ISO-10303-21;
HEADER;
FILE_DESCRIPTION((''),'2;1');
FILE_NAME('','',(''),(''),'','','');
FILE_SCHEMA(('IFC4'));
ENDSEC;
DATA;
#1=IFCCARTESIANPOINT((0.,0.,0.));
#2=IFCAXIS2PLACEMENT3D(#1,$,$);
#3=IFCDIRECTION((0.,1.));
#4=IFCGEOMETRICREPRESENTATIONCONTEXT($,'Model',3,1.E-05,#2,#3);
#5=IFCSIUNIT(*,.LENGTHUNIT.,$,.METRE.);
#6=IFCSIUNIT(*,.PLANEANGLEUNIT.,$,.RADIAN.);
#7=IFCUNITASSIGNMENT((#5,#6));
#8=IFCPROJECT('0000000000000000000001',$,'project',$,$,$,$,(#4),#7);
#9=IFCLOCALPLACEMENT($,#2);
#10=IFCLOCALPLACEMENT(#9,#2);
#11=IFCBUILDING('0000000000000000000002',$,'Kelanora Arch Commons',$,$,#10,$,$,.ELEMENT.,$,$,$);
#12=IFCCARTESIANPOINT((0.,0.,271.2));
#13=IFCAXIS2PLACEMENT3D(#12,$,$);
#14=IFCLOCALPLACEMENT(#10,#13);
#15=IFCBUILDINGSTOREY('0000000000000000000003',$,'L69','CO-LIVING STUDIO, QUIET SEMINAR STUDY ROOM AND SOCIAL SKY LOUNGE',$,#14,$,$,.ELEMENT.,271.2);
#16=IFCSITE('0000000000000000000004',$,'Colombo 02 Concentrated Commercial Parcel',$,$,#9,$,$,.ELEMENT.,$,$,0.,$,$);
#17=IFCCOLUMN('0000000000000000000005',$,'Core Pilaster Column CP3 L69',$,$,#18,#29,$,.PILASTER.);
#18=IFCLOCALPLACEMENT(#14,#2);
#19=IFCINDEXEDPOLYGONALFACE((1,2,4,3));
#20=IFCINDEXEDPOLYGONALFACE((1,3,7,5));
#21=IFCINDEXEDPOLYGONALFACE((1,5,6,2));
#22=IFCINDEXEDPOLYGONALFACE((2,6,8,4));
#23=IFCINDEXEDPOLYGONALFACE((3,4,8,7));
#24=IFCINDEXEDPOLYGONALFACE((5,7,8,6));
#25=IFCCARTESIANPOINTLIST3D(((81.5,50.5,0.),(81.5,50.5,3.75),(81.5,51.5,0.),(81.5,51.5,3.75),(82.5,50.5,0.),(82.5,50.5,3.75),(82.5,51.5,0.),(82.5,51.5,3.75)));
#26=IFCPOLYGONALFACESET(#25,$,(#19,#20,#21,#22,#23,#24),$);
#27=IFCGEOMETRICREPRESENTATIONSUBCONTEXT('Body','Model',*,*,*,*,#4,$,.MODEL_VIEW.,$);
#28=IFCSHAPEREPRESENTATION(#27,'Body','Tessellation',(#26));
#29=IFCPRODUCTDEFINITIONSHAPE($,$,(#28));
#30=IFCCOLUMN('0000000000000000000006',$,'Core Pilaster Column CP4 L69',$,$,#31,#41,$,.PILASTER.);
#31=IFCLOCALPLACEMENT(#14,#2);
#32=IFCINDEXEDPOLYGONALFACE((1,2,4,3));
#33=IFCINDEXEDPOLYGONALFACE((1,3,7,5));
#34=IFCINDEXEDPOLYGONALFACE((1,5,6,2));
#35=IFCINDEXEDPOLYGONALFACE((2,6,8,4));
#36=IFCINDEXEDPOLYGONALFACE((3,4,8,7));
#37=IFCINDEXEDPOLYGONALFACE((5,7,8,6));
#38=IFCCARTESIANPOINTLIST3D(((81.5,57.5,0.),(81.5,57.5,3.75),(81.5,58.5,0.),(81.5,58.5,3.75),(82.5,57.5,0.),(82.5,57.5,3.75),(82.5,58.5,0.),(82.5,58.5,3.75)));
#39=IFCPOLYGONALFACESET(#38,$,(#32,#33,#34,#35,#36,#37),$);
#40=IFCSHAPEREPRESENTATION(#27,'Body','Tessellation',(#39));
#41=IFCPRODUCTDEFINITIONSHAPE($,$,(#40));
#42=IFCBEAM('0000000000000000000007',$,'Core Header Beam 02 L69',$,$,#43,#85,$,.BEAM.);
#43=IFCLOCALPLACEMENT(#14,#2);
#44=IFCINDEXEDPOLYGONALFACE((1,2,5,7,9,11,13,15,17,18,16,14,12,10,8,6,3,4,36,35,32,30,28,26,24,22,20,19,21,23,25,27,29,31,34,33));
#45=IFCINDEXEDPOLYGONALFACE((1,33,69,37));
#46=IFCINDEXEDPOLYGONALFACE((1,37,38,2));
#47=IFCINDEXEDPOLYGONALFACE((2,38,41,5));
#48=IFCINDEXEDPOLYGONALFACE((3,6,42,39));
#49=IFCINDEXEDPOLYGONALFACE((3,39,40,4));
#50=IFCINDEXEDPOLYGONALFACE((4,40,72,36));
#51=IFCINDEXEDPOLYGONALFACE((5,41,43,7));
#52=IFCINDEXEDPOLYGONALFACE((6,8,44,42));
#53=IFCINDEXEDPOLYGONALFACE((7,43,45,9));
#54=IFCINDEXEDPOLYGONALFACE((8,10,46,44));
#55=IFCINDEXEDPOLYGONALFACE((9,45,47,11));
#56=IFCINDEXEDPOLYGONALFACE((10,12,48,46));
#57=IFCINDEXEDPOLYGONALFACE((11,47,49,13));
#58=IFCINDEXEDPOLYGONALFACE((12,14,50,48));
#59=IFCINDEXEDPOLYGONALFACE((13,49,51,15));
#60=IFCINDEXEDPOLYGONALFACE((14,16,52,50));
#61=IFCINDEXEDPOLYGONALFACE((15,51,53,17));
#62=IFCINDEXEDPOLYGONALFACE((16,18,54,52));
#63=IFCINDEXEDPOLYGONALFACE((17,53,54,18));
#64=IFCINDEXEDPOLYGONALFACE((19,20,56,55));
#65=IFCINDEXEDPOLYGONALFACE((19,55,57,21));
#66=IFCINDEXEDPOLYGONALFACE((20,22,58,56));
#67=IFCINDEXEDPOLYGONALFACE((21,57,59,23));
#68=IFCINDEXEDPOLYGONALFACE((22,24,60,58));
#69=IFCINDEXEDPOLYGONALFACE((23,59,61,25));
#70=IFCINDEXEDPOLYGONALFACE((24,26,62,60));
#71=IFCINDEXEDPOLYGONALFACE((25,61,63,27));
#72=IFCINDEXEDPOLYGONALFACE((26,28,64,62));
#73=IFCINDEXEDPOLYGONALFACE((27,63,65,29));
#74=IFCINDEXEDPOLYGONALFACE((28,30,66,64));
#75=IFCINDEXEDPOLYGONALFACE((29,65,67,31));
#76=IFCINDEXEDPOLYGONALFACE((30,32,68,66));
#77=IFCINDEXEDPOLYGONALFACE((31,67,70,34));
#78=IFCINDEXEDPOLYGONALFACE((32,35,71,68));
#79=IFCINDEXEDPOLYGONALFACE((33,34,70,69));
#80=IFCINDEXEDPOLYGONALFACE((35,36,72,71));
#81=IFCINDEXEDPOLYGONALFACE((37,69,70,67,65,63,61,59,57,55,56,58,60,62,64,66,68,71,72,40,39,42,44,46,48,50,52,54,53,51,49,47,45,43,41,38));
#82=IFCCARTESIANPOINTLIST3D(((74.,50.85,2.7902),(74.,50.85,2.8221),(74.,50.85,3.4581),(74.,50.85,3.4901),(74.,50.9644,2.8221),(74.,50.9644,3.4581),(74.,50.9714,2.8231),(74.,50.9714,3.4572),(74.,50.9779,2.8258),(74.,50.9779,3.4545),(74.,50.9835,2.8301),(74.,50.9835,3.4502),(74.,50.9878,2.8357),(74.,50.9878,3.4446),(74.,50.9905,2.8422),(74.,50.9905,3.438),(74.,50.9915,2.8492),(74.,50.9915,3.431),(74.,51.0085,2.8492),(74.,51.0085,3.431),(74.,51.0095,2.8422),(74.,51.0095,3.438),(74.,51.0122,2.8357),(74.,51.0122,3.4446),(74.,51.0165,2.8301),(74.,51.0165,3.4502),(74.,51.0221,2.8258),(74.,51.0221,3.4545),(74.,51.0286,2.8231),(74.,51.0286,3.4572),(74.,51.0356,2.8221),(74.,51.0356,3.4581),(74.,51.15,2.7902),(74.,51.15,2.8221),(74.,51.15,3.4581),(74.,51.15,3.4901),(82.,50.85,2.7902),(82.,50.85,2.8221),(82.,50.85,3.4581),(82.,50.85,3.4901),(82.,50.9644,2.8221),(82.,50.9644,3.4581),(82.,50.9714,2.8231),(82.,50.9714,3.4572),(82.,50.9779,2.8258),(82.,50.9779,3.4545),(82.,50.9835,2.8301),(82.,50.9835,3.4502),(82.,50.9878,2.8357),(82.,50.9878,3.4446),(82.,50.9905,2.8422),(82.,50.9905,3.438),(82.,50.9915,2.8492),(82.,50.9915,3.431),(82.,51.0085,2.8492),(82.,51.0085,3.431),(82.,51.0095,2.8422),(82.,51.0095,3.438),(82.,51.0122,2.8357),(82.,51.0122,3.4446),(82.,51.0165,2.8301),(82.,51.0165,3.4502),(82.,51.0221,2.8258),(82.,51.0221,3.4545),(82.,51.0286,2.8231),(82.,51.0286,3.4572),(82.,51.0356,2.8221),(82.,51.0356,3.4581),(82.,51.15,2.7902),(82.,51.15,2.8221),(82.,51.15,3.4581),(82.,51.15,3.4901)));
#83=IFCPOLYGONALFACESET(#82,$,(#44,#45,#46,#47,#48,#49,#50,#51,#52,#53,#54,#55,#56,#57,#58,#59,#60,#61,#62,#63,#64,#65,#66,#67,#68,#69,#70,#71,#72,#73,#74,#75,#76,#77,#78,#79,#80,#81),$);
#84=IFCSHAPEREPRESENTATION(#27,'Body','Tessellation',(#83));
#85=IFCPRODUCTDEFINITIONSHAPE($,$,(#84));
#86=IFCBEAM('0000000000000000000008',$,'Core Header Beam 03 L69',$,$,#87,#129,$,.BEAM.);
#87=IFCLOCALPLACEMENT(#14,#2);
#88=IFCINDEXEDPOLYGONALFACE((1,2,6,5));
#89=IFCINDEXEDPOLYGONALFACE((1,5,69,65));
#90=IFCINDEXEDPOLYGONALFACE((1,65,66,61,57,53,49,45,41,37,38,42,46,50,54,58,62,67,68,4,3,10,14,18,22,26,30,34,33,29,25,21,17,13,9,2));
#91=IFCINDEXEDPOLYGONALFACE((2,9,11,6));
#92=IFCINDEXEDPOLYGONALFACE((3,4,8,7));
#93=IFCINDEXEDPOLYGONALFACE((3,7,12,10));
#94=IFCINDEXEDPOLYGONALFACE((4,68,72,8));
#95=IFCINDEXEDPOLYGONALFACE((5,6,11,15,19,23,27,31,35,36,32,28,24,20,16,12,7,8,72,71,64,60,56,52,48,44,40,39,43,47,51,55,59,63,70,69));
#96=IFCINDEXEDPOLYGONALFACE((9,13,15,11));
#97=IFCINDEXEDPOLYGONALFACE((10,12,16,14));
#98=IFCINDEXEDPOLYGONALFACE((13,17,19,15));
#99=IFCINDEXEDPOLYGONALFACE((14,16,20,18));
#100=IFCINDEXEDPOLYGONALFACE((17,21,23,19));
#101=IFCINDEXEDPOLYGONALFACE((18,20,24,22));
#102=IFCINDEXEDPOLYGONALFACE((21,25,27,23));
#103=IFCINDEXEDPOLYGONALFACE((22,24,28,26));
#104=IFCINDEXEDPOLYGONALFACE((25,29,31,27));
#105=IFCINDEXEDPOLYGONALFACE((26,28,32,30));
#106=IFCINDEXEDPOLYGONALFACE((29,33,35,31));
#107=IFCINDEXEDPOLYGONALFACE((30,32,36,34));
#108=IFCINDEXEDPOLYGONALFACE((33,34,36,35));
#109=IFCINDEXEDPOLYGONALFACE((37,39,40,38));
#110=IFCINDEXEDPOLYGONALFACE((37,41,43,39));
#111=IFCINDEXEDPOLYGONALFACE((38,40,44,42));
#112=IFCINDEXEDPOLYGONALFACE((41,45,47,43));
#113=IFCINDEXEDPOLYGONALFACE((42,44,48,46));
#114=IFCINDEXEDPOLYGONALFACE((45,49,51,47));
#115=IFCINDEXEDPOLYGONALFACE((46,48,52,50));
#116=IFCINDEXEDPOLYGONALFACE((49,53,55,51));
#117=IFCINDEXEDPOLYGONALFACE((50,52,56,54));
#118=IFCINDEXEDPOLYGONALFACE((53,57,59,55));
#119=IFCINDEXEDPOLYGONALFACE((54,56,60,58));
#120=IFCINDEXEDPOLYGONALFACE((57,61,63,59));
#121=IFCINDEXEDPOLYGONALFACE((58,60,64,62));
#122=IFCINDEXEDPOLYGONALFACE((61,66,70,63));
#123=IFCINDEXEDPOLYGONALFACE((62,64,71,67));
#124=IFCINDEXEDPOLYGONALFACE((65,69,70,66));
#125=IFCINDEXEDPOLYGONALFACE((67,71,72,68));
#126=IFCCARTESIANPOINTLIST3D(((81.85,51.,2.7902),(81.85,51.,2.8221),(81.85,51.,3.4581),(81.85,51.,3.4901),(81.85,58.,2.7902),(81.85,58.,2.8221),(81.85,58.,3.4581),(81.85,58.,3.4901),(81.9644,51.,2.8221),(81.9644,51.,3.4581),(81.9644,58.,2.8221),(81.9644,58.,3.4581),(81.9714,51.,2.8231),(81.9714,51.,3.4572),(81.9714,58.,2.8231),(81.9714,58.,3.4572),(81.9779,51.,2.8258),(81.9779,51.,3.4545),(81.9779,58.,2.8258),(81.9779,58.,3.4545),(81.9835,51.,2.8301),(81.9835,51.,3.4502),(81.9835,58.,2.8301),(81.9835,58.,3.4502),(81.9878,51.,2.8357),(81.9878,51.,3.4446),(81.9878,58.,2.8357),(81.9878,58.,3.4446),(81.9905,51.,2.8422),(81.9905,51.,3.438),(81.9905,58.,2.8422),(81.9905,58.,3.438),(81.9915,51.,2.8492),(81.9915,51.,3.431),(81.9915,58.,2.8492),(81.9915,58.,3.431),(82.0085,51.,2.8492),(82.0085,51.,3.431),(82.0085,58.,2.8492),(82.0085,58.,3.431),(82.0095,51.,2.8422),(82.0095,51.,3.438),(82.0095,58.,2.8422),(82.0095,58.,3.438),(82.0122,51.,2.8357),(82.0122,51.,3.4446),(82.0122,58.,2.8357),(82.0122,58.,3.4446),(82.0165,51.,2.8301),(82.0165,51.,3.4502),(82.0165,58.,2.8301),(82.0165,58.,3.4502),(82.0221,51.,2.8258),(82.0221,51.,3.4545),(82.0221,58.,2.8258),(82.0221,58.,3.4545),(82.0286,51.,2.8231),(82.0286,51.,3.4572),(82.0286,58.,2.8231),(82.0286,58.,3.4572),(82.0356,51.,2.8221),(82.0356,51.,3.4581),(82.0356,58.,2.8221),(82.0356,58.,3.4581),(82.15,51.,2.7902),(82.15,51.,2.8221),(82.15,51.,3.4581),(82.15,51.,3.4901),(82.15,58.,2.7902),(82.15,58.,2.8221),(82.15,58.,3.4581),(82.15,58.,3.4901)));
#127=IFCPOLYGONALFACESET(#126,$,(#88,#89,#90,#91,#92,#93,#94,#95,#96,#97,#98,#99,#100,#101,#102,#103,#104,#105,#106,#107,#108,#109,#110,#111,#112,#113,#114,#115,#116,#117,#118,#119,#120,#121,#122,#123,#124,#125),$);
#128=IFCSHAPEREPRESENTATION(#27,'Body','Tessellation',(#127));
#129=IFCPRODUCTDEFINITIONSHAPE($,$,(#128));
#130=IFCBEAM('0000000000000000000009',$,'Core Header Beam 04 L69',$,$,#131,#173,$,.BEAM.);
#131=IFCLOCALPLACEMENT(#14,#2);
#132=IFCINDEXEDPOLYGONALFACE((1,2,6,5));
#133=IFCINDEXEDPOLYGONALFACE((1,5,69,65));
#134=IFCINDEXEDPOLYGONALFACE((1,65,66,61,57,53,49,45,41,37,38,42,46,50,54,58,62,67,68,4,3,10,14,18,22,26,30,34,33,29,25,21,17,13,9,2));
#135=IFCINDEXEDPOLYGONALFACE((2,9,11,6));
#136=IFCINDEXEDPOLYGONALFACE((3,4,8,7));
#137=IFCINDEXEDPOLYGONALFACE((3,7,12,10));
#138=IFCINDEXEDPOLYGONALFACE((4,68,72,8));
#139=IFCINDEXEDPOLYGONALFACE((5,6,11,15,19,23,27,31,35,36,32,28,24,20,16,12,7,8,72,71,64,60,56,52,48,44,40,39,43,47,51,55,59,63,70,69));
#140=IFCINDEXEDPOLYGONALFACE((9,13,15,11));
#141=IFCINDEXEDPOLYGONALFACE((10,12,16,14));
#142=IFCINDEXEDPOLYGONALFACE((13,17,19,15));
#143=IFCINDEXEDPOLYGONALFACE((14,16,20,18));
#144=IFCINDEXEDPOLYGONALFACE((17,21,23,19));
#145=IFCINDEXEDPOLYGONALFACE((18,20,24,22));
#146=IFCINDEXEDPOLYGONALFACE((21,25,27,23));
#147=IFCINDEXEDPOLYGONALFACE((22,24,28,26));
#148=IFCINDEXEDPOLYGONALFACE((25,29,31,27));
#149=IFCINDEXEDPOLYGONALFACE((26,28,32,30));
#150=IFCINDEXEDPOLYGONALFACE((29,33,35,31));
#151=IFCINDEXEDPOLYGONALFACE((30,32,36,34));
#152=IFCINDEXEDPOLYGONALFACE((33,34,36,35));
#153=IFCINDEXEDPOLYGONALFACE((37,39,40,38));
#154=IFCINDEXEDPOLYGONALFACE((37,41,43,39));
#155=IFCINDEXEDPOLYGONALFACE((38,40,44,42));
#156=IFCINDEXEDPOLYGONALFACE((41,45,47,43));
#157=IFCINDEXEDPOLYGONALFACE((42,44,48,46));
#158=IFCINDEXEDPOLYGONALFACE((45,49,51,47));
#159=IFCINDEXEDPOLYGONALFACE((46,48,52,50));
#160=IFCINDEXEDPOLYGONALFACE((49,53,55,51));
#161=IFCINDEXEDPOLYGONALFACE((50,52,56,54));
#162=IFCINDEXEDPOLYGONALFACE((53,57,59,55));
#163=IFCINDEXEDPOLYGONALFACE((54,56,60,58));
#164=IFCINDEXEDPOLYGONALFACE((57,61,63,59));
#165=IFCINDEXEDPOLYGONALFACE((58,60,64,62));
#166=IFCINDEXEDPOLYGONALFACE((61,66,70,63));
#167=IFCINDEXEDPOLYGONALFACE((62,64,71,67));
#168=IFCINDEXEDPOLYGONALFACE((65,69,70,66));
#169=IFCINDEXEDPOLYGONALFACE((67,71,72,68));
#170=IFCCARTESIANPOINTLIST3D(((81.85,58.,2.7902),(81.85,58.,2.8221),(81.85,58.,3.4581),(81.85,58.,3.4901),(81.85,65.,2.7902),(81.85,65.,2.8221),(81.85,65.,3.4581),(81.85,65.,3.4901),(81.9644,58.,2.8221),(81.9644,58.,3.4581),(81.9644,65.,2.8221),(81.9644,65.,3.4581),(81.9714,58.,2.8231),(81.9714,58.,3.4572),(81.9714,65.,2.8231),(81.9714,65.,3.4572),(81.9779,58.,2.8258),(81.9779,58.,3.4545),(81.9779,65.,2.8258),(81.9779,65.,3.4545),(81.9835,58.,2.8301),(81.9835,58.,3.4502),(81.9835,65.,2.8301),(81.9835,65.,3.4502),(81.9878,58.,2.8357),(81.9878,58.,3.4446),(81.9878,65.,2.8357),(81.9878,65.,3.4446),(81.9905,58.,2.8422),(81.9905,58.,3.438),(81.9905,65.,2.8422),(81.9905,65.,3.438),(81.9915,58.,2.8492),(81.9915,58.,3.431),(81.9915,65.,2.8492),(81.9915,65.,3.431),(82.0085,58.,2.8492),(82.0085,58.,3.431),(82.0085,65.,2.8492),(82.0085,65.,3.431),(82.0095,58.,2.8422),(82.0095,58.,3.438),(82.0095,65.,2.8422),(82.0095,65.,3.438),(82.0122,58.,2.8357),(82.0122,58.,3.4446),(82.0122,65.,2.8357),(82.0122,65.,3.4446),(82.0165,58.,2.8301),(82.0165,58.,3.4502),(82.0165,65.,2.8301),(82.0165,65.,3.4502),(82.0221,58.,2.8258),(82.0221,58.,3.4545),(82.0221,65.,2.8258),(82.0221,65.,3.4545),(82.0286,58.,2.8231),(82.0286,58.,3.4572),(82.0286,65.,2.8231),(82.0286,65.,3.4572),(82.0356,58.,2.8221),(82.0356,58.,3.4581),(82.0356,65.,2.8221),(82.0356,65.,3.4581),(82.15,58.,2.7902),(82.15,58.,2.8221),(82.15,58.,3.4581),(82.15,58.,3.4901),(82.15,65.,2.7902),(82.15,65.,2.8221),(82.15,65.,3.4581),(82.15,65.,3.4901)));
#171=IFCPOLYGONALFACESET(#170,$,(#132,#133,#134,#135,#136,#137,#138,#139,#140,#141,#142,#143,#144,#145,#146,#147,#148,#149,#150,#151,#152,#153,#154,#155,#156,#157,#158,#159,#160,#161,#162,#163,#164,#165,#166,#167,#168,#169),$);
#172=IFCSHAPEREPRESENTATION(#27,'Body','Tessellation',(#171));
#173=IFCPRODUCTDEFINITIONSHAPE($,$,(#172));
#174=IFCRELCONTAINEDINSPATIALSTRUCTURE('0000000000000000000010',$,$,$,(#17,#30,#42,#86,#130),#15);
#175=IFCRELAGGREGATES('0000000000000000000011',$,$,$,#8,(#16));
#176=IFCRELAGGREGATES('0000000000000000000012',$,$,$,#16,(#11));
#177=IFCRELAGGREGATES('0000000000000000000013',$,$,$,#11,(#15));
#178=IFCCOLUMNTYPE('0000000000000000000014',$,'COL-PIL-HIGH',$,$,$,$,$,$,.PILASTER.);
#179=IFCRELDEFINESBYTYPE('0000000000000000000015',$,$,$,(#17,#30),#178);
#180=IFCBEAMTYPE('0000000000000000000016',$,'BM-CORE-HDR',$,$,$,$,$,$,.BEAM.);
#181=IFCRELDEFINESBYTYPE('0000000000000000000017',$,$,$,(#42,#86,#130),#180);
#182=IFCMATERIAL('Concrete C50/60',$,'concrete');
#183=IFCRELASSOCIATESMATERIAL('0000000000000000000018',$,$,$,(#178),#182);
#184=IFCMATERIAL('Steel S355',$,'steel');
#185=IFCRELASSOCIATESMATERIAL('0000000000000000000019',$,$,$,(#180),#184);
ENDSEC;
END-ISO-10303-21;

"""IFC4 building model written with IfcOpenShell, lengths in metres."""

from ifc_helpers import new_model, si_unit, direction, frame, origin, origin_2d, place, context, subcontext, project, spatial, rectangle, i_section, extrude, material, material_profile, profile_set, type_object, element, save


model = new_model("IFC4")

# Units and contexts
model_context = context("Model", 3, precision=1e-05, world=origin(), true_north=direction((0.0, 1.0)))
body_context = subcontext(model_context, "Body", "Model", "MODEL_VIEW")
ifc_project = project(units=[si_unit("LENGTHUNIT", "METRE"), si_unit("PLANEANGLEUNIT", "RADIAN")], contexts=[model_context])

# Site, building, storey
site_placement = place(None, origin())
site = spatial("IfcSite", under=ifc_project, at=site_placement, Name="Colombo 02 Concentrated Commercial Parcel", CompositionType="ELEMENT", RefElevation=0.0)
building_placement = place(site_placement, origin())
building = spatial("IfcBuilding", under=site, at=building_placement, Name="Kelanora Arch Commons", CompositionType="ELEMENT")
storey_placement = place(building_placement, frame((0.0, 0.0, 271.2)))
storey = spatial("IfcBuildingStorey", under=building, at=storey_placement, Name="L69", Description="CO-LIVING STUDIO, QUIET SEMINAR STUDY ROOM AND SOCIAL SKY LOUNGE", CompositionType="ELEMENT", Elevation=271.2)

# Columns
ifc_material_1 = material(Name="Concrete C50/60", Category="concrete")
ifc_material_profile_1 = material_profile(ifc_material_1, rectangle(XDim=1.0, YDim=1.0, at=origin_2d()), Name="RC1000x1000")
ifc_profile_set_1 = profile_set([ifc_material_profile_1], Name="Concrete C50/60")
column_type = type_object("IfcColumnType", Name="COL-PIL-HIGH", PredefinedType="PILASTER", material=ifc_profile_set_1)
for number, where, z_axis, x_axis, name in (
    (1, (82.0, 51.0, 0.0), (0.0, 0.0, 1.0), (1.0, 0.0, 0.0), "Core Pilaster Column CP3 L69"),
    (2, (82.0, 58.0, 0.0), (0.0, 0.0, 1.0), (1.0, 0.0, 0.0), "Core Pilaster Column CP4 L69"),
):
    element("IfcColumn", number, at=place(storey_placement, frame(where, z_axis=z_axis, x_axis=x_axis)), inside=storey, type_object=column_type, Name=name, PredefinedType="PILASTER", context=body_context, shape_type="SweptSolid", body=[
        extrude(rectangle(XDim=1.0, YDim=1.0, at=origin_2d()), origin(), (0.0, 0.0, 1.0), 3.75),
    ])

# Beams
ifc_material_2 = material(Name="Steel S355", Category="steel")
ifc_material_profile_2 = material_profile(ifc_material_2, i_section(OverallWidth=0.3, OverallDepth=0.7, WebThickness=0.0171, FlangeThickness=0.032, FilletRadius=0.0271, at=origin_2d()), Name="HEB700")
ifc_profile_set_2 = profile_set([ifc_material_profile_2], Name="Steel S355")
beam_type_1 = type_object("IfcBeamType", Name="BM-CORE-HDR", PredefinedType="BEAM", material=ifc_profile_set_2)
beam_1_placement = place(storey_placement, frame((74.0, 51.0, 3.1401), z_axis=(1.0, 0.0, 0.0), x_axis=(0.0, 1.0, 0.0)))
element("IfcBeam", 3, at=beam_1_placement, inside=storey, type_object=beam_type_1, Name="Core Header Beam 02 L69", PredefinedType="BEAM", context=body_context, shape_type="SweptSolid", body=[
    extrude(i_section(OverallWidth=0.3, OverallDepth=0.7, WebThickness=0.0171, FlangeThickness=0.032, FilletRadius=0.0271, at=origin_2d()), origin(), (0.0, 0.0, 1.0), 8.0),
])
for number, where, z_axis, x_axis, name in (
    (4, (82.0, 51.0, 3.1401), (0.0, 1.0, 0.0), (-1.0, 0.0, 0.0), "Core Header Beam 03 L69"),
    (5, (82.0, 58.0, 3.1401), (0.0, 1.0, 0.0), (-1.0, 0.0, 0.0), "Core Header Beam 04 L69"),
):
    element("IfcBeam", number, at=place(storey_placement, frame(where, z_axis=z_axis, x_axis=x_axis)), inside=storey, type_object=beam_type_1, Name=name, PredefinedType="BEAM", context=body_context, shape_type="SweptSolid", body=[
        extrude(i_section(OverallWidth=0.3, OverallDepth=0.7, WebThickness=0.0171, FlangeThickness=0.032, FilletRadius=0.0271, at=origin_2d()), origin(), (0.0, 0.0, 1.0), 7.0),
    ])

save(model, "model.ifc")
